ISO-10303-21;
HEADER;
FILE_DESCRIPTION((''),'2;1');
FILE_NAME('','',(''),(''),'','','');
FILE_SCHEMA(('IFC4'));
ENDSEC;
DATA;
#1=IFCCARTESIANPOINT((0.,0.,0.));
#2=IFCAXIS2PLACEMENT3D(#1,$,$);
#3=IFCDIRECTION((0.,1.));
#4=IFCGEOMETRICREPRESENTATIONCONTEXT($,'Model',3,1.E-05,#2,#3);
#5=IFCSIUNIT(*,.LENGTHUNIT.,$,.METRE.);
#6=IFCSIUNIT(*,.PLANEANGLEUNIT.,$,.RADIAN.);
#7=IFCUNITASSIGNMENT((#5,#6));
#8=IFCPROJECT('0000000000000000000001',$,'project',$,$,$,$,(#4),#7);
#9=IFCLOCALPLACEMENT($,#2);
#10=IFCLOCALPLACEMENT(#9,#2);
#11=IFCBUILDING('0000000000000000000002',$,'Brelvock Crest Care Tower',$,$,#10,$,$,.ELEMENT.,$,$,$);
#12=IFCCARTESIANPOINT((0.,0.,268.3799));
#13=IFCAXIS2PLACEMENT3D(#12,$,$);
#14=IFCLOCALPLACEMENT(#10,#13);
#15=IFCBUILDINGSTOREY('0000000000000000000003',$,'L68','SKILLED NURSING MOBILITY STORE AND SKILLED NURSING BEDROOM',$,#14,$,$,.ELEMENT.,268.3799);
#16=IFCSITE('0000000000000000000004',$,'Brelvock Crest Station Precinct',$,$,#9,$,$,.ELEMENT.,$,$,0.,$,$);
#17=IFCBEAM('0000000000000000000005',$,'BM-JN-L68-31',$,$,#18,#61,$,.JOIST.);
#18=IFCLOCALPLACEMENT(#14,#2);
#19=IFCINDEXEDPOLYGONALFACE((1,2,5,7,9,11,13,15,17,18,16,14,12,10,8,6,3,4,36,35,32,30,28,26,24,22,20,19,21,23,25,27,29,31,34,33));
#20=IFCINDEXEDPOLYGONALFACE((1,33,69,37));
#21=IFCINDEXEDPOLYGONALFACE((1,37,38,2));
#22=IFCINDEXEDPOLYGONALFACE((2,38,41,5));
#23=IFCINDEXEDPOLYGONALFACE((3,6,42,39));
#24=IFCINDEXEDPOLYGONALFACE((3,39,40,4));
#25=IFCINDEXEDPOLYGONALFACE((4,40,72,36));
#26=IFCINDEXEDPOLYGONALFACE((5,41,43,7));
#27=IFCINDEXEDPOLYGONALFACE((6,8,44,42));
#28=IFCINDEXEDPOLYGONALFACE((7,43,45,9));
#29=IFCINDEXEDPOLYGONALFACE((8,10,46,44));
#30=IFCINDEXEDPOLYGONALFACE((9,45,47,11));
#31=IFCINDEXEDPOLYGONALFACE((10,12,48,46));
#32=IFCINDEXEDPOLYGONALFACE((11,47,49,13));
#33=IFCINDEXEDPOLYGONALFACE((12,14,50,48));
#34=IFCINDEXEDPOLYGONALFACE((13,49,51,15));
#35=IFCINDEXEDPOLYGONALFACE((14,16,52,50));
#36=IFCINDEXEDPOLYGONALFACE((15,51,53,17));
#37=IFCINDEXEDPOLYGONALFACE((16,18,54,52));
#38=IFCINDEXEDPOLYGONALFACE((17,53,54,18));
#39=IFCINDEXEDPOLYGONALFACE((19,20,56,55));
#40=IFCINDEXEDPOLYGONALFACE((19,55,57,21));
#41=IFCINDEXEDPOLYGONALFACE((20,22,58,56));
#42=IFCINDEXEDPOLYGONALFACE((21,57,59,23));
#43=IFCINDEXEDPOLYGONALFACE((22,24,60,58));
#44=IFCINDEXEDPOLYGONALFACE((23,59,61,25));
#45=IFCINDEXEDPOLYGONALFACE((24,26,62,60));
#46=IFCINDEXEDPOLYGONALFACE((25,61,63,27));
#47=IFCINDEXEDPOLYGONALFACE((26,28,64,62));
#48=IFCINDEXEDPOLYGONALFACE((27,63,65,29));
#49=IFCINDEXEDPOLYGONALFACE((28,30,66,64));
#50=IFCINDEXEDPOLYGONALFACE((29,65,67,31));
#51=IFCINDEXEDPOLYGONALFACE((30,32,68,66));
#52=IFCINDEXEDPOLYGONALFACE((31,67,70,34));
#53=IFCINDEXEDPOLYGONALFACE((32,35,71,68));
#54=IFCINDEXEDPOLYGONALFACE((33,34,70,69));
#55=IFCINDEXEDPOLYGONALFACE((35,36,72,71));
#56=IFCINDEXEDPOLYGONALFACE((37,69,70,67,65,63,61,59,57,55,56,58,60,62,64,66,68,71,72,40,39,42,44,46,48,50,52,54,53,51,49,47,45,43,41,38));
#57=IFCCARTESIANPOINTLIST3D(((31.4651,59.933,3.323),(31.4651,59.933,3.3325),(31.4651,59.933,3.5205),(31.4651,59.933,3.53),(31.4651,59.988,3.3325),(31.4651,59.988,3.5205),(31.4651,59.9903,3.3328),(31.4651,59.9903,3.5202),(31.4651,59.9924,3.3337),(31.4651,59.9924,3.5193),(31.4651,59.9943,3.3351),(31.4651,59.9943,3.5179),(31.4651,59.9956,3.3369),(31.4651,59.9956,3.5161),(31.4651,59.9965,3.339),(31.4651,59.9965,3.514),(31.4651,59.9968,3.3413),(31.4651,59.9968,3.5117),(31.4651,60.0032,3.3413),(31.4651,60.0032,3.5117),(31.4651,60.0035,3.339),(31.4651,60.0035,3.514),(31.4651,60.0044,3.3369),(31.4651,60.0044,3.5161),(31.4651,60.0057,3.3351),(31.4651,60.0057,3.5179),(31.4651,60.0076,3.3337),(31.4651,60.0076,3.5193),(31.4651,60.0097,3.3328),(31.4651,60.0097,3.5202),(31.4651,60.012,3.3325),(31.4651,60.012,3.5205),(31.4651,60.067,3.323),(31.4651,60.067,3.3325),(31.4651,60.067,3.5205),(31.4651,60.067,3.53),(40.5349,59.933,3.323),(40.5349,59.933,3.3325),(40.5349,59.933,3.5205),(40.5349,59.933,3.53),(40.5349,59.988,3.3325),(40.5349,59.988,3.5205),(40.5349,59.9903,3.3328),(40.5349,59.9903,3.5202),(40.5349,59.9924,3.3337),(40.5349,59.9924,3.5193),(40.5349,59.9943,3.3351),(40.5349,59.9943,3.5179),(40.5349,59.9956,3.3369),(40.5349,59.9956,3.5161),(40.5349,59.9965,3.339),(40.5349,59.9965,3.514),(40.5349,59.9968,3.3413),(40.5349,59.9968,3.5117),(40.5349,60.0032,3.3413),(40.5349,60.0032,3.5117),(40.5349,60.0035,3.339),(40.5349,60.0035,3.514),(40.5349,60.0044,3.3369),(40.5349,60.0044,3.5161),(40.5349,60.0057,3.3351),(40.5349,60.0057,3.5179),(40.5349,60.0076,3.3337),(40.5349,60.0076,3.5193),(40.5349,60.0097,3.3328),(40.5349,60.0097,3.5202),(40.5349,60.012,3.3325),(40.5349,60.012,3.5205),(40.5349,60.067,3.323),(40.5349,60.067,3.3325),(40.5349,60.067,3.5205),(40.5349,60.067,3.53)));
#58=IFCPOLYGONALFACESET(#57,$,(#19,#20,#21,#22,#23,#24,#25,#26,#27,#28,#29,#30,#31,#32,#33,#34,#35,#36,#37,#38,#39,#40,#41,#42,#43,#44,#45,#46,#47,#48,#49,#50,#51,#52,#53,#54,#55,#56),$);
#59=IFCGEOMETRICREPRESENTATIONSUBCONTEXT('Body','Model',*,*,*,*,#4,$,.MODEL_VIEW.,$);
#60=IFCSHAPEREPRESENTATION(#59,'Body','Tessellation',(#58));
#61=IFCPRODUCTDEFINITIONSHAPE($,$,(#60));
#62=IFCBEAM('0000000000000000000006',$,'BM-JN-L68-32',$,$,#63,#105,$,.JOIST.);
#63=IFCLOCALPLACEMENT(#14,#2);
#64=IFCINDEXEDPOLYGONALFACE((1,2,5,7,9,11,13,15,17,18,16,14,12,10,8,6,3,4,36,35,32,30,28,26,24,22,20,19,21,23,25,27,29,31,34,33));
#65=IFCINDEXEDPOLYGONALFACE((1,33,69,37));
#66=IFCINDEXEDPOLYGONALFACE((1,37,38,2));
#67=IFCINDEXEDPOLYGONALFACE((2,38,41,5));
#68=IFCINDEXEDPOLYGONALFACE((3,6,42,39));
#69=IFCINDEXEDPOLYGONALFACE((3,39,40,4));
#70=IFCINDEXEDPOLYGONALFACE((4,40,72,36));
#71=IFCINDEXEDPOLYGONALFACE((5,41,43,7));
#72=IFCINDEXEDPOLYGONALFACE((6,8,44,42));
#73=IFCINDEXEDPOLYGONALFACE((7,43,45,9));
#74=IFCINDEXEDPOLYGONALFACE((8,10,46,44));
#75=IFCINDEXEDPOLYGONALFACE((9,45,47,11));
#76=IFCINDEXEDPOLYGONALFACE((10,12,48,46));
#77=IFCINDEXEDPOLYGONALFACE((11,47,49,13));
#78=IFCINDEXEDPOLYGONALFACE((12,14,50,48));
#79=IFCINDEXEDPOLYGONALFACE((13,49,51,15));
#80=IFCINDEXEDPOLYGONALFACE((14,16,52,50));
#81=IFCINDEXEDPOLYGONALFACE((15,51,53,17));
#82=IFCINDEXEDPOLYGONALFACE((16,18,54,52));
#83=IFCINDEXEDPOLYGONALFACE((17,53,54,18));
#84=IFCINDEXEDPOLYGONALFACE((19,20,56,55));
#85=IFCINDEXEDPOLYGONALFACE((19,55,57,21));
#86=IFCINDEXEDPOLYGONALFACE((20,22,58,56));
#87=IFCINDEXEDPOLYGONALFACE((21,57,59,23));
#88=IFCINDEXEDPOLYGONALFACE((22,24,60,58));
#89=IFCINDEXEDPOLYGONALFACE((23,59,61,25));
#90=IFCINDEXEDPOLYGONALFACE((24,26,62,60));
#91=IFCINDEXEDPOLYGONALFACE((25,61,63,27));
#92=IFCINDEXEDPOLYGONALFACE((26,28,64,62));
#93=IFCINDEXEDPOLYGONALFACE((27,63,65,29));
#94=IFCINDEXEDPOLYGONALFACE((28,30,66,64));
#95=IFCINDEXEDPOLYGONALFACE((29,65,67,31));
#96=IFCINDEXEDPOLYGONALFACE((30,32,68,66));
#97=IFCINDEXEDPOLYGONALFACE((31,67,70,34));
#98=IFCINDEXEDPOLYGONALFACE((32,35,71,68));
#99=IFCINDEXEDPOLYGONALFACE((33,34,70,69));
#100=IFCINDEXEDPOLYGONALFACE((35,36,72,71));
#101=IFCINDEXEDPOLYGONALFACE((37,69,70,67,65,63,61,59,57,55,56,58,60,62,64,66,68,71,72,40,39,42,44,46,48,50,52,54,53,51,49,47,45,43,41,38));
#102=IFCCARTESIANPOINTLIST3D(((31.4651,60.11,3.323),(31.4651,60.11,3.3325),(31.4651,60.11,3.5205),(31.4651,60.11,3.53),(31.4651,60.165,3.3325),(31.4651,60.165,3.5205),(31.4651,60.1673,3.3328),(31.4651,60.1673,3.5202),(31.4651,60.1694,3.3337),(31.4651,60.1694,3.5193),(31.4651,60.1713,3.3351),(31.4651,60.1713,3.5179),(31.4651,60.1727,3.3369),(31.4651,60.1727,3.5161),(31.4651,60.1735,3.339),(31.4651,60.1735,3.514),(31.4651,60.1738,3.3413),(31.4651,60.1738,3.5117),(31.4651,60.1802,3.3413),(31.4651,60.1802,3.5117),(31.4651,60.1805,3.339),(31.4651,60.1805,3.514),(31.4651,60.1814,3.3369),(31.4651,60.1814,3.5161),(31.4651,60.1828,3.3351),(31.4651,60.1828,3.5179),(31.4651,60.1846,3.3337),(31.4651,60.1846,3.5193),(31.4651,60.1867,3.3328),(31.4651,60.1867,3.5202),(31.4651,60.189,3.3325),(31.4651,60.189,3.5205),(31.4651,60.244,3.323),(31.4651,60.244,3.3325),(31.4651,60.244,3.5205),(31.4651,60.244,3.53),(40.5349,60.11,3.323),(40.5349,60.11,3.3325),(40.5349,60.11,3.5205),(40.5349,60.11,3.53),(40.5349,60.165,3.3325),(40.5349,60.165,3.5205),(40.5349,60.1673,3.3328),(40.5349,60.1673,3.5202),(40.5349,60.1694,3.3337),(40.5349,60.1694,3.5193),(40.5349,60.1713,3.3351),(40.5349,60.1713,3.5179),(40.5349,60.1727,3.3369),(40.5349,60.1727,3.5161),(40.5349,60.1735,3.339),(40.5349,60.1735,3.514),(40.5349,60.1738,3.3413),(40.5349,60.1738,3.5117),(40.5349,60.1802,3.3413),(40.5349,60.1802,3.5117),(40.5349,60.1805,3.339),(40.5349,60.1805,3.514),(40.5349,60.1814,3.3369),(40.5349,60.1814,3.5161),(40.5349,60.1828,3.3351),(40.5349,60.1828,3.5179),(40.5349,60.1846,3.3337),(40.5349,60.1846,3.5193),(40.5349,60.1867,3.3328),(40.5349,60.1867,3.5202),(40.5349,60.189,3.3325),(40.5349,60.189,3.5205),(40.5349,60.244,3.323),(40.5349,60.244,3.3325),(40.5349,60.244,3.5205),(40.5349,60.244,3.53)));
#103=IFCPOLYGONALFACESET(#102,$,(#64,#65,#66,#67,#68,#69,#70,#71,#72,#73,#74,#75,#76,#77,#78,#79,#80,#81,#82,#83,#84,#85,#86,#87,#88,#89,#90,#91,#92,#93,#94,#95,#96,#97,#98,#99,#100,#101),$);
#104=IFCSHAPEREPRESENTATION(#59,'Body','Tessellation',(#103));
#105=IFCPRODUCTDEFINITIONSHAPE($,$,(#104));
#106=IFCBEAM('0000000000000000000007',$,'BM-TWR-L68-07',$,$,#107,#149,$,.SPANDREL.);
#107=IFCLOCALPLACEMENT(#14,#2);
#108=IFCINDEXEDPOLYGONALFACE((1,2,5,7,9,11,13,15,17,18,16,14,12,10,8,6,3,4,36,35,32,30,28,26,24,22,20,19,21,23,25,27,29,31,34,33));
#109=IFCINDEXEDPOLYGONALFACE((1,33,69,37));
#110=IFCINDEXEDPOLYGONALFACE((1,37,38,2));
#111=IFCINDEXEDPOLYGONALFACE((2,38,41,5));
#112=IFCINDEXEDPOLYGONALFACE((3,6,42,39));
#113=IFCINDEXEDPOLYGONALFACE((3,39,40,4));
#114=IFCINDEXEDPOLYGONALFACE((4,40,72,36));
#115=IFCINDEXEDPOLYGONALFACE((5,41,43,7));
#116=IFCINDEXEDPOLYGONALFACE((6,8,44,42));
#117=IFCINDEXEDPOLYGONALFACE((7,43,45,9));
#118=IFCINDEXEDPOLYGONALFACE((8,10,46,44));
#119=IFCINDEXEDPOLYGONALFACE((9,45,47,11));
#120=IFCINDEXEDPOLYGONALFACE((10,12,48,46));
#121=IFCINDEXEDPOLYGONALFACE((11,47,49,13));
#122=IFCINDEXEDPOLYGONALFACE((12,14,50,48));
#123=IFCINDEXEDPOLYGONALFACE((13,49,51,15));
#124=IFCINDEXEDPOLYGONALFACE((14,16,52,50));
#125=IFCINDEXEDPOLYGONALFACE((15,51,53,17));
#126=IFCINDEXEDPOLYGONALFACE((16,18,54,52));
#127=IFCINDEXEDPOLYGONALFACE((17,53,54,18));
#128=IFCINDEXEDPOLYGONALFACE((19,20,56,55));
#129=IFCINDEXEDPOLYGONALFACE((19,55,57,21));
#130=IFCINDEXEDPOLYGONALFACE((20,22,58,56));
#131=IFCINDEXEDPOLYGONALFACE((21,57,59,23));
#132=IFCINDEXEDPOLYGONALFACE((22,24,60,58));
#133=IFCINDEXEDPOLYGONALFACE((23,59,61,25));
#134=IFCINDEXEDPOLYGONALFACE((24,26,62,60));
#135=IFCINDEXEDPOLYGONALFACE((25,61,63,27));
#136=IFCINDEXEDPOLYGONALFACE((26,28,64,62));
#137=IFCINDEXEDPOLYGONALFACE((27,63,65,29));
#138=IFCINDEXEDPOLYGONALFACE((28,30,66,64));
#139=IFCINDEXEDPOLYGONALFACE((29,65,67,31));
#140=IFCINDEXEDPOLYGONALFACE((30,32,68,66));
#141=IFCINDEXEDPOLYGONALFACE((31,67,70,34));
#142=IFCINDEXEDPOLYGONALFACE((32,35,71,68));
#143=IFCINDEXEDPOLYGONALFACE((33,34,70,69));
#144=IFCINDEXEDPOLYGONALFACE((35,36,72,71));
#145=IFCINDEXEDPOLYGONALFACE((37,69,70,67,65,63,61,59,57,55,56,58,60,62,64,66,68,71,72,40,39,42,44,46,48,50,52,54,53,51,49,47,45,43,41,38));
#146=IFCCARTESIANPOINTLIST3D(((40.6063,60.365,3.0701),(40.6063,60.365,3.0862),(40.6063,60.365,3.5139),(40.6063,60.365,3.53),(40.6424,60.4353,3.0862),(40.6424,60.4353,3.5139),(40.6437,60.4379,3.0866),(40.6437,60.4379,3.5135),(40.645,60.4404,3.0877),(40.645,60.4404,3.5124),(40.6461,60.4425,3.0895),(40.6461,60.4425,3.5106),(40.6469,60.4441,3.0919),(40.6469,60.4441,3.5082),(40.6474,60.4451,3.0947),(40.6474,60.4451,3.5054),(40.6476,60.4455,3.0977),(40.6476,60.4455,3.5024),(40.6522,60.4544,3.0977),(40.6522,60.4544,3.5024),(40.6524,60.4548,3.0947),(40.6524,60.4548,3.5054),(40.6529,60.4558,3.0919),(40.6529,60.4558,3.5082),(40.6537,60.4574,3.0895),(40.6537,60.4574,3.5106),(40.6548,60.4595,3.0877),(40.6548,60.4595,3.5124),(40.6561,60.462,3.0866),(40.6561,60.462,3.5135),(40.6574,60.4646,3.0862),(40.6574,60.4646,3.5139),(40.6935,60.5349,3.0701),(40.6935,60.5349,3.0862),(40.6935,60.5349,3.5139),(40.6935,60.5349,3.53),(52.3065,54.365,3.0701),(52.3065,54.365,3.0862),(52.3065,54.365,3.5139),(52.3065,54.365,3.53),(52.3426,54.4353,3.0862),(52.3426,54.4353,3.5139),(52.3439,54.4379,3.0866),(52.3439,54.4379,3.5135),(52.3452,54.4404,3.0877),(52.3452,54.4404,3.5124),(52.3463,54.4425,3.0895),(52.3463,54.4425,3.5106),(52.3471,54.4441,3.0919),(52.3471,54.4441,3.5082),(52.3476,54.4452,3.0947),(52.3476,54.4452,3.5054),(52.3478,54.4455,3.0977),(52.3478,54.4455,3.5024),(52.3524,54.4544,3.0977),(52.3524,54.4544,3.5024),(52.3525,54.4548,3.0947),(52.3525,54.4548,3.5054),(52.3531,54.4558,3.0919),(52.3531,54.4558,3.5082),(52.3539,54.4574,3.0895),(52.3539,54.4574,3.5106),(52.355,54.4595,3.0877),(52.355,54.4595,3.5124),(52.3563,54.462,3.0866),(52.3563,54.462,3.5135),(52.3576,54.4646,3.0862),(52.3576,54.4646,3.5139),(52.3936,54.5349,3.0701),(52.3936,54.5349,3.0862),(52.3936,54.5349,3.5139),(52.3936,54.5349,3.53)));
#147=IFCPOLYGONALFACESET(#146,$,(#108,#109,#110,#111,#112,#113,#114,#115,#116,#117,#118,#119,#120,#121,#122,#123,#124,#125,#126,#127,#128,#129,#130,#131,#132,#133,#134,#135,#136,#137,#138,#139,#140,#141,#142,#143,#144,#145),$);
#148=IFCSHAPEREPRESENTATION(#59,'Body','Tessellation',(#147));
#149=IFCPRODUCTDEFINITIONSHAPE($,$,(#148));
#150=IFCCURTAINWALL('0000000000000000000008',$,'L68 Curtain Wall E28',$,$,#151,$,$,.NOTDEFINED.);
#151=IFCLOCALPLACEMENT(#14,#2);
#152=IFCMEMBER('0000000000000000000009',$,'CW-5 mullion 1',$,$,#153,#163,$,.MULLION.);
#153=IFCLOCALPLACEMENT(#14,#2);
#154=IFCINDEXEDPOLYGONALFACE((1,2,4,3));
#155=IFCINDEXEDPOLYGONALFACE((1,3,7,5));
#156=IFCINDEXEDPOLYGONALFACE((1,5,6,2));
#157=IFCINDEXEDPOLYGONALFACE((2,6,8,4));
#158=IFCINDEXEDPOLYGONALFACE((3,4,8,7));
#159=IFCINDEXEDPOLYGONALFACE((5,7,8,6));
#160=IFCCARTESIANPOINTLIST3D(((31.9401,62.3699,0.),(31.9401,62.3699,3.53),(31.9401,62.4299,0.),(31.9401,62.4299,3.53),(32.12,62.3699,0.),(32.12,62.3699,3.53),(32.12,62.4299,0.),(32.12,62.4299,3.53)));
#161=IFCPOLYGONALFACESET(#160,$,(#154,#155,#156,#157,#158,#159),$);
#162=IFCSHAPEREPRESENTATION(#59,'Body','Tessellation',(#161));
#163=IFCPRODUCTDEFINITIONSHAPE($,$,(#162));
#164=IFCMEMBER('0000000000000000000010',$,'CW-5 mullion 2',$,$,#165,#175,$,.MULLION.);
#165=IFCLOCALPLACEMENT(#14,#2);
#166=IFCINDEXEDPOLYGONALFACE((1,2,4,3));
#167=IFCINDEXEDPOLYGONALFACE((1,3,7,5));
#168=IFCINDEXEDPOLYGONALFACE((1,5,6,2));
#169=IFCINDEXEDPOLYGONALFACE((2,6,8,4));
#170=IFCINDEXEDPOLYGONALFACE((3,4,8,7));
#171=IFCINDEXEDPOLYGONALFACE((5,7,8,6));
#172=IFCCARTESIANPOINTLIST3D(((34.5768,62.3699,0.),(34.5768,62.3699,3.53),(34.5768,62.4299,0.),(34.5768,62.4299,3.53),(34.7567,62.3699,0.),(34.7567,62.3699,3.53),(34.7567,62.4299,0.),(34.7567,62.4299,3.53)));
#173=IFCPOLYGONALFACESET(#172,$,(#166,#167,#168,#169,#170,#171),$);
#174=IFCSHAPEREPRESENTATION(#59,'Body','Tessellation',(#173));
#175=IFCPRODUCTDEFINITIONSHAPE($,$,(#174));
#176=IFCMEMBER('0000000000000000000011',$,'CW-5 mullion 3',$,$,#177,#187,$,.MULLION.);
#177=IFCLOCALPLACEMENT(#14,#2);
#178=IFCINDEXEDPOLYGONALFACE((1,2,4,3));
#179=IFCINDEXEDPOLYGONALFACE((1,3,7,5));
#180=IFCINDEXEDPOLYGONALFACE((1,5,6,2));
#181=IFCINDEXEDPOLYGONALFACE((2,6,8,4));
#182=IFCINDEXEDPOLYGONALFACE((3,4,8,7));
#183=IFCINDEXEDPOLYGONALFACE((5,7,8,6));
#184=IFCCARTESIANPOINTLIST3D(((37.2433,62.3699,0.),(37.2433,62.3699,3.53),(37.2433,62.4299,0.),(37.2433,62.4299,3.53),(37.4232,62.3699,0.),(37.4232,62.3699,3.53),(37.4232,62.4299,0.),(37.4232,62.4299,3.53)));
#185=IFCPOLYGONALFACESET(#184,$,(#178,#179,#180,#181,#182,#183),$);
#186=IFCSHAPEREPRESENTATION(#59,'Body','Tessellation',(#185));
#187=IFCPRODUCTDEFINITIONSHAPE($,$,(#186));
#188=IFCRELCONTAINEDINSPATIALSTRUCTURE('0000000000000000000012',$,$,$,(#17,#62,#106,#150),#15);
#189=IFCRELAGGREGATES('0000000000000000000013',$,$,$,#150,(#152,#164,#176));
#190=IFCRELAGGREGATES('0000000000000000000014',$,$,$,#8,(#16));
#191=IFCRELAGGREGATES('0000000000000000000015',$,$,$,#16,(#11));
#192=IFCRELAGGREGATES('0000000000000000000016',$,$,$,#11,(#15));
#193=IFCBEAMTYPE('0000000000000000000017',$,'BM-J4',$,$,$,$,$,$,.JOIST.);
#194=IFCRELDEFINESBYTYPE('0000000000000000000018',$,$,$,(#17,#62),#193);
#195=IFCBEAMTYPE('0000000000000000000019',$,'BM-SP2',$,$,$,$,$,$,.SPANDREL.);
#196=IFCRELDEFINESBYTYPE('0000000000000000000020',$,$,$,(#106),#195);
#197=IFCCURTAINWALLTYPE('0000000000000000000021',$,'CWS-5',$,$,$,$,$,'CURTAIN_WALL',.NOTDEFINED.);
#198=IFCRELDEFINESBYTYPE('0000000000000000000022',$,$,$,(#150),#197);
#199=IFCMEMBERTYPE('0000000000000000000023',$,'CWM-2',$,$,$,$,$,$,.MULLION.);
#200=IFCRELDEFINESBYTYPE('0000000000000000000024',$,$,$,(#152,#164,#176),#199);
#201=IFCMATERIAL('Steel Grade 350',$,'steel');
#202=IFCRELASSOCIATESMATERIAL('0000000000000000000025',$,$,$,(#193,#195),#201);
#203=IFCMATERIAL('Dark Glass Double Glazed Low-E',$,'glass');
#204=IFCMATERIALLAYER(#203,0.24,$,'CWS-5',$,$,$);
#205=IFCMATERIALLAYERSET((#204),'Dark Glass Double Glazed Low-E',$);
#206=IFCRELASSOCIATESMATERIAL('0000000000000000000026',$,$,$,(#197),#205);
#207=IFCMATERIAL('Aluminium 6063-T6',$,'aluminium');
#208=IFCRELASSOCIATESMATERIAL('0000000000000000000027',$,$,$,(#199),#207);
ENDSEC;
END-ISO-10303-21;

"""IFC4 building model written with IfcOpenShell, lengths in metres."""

from ifc_helpers import new_model, si_unit, direction, frame, origin, origin_2d, place, context, subcontext, project, spatial, rectangle, i_section, extrude, source, transform, mapped, material, layer, layer_set, material_profile, profile_set, type_object, element, aggregate, save


model = new_model("IFC4")

# Units and contexts
model_context = context("Model", 3, precision=1e-05, world=origin(), true_north=direction((0.0, 1.0)))
body_context = subcontext(model_context, "Body", "Model", "MODEL_VIEW")
ifc_project = project(units=[si_unit("LENGTHUNIT", "METRE"), si_unit("PLANEANGLEUNIT", "RADIAN")], contexts=[model_context])

# Site, building, storey
site_placement = place(None, origin())
site = spatial("IfcSite", under=ifc_project, at=site_placement, Name="Brelvock Crest Station Precinct", CompositionType="ELEMENT", RefElevation=0.0)
building_placement = place(site_placement, origin())
building = spatial("IfcBuilding", under=site, at=building_placement, Name="Brelvock Crest Care Tower", CompositionType="ELEMENT")
storey_placement = place(building_placement, frame((0.0, 0.0, 268.3799)))
storey = spatial("IfcBuildingStorey", under=building, at=storey_placement, Name="L68", Description="SKILLED NURSING MOBILITY STORE AND SKILLED NURSING BEDROOM", CompositionType="ELEMENT", Elevation=268.3799)

# Shared definitions
ifc_material_1 = material(Name="Steel Grade 350", Category="steel")

# Beams
ifc_material_profile_1 = material_profile(ifc_material_1, i_section(OverallWidth=0.134, OverallDepth=0.207, WebThickness=0.0063, FlangeThickness=0.0095, FilletRadius=0.0088, at=origin_2d()), Name="200UB29.8")
ifc_profile_set_1 = profile_set([ifc_material_profile_1], Name="Steel Grade 350")
beam_type_1 = type_object("IfcBeamType", Name="BM-J4", PredefinedType="JOIST", material=ifc_profile_set_1)
shared_shape_1 = source(origin(), body_context, "Body", "SweptSolid", [
    extrude(i_section(OverallWidth=0.134, OverallDepth=0.207, WebThickness=0.0063, FlangeThickness=0.0095, FilletRadius=0.0088, at=origin_2d()), origin(), (0.0, 0.0, 1.0), 9.0698),
])
for number, where, z_axis, x_axis, name in (
    (1, (31.4651, 60.0, 3.4265), (1.0, 0.0, 0.0), (0.0, 1.0, 0.0), "BM-JN-L68-31"),
    (2, (31.4651, 60.177, 3.4265), (1.0, 0.0, 0.0), (0.0, 1.0, 0.0), "BM-JN-L68-32"),
):
    element("IfcBeam", number, at=place(storey_placement, frame(where, z_axis=z_axis, x_axis=x_axis)), inside=storey, type_object=beam_type_1, Name=name, PredefinedType="JOIST", context=body_context, shape_type="MappedRepresentation", body=[
        mapped(shared_shape_1, transform((0.0, 0.0, 0.0), x_axis=(1.0, 0.0, 0.0), y_axis=(0.0, 1.0, 0.0), z_axis=(0.0, 0.0, 1.0), scale=1.0)),
    ])
ifc_material_profile_2 = material_profile(ifc_material_1, i_section(OverallWidth=0.1909, OverallDepth=0.46, WebThickness=0.01, FlangeThickness=0.0161, FilletRadius=0.0115, at=origin_2d()), Name="460UB82.1")
ifc_profile_set_2 = profile_set([ifc_material_profile_2], Name="Steel Grade 350")
beam_type_2 = type_object("IfcBeamType", Name="BM-SP2", PredefinedType="SPANDREL", material=ifc_profile_set_2)
shared_shape_2 = source(origin(), body_context, "Body", "SweptSolid", [
    extrude(i_section(OverallWidth=0.1909, OverallDepth=0.46, WebThickness=0.01, FlangeThickness=0.0161, FilletRadius=0.0115, at=origin_2d()), origin(), (0.0, 0.0, 1.0), 13.1489),
])
beam_placement = place(storey_placement, frame((40.6499, 60.45, 3.3), z_axis=(0.889821, -0.456311, 0.0), x_axis=(0.456311, 0.889821, 0.0)))
element("IfcBeam", 3, at=beam_placement, inside=storey, type_object=beam_type_2, Name="BM-TWR-L68-07", PredefinedType="SPANDREL", context=body_context, shape_type="MappedRepresentation", body=[
    mapped(shared_shape_2, transform((0.0, 0.0, 0.0), x_axis=(1.0, 0.0, 0.0), y_axis=(0.0, 1.0, 0.0), z_axis=(0.0, 0.0, 1.0), scale=1.0)),
])

# Curtain wall, members
ifc_material_2 = material(Name="Dark Glass Double Glazed Low-E", Category="glass")
ifc_layer_1 = layer(ifc_material_2, 0.24, Name="CWS-5")
ifc_layer_set_1 = layer_set([ifc_layer_1], Name="Dark Glass Double Glazed Low-E")
curtain_wall_type = type_object("IfcCurtainWallType", Name="CWS-5", ElementType="CURTAIN_WALL", PredefinedType="NOTDEFINED", material=ifc_layer_set_1)
curtain_wall_placement = place(storey_placement, origin())
curtain_wall = element("IfcCurtainWall", 4, at=curtain_wall_placement, inside=storey, type_object=curtain_wall_type, Name="L68 Curtain Wall E28", PredefinedType="NOTDEFINED")
ifc_material_3 = material(Name="Aluminium 6063-T6", Category="aluminium")
ifc_material_profile_3 = material_profile(ifc_material_3, rectangle(XDim=0.0601, YDim=0.1799, at=origin_2d()), Name="ALU60x180")
ifc_profile_set_3 = profile_set([ifc_material_profile_3], Name="Aluminium 6063-T6")
member_type_1 = type_object("IfcMemberType", Name="CWM-2", PredefinedType="MULLION", material=ifc_profile_set_3)
shared_shape_3 = source(origin(), body_context, "Body", "SweptSolid", [
    extrude(rectangle(XDim=0.0601, YDim=0.1799, at=origin_2d()), origin(), (0.0, 0.0, 1.0), 3.53),
])
member_1_placement = place(storey_placement, frame((32.03, 62.3999, 0.0), z_axis=(0.0, 0.0, 1.0), x_axis=(0.0, 1.0, 0.0)))
member_1 = element("IfcMember", 5, at=member_1_placement, type_object=member_type_1, Name="CW-5 mullion 1", PredefinedType="MULLION", context=body_context, shape_type="MappedRepresentation", body=[
    mapped(shared_shape_3, transform((0.0, 0.0, 0.0), x_axis=(1.0, 0.0, 0.0), y_axis=(0.0, 1.0, 0.0), z_axis=(0.0, 0.0, 1.0), scale=1.0)),
])
member_2_placement = place(storey_placement, frame((34.6667, 62.3999, 0.0), z_axis=(0.0, 0.0, 1.0), x_axis=(0.0, 1.0, 0.0)))
member_2 = element("IfcMember", 6, at=member_2_placement, type_object=member_type_1, Name="CW-5 mullion 2", PredefinedType="MULLION", context=body_context, shape_type="MappedRepresentation", body=[
    mapped(shared_shape_3, transform((0.0, 0.0, 0.0), x_axis=(1.0, 0.0, 0.0), y_axis=(0.0, 1.0, 0.0), z_axis=(0.0, 0.0, 1.0), scale=1.0)),
])
member_3_placement = place(storey_placement, frame((37.3333, 62.3999, 0.0), z_axis=(0.0, 0.0, 1.0), x_axis=(0.0, 1.0, 0.0)))
member_3 = element("IfcMember", 7, at=member_3_placement, type_object=member_type_1, Name="CW-5 mullion 3", PredefinedType="MULLION", context=body_context, shape_type="MappedRepresentation", body=[
    mapped(shared_shape_3, transform((0.0, 0.0, 0.0), x_axis=(1.0, 0.0, 0.0), y_axis=(0.0, 1.0, 0.0), z_axis=(0.0, 0.0, 1.0), scale=1.0)),
])
aggregate(curtain_wall, [member_1, member_2, member_3])

save(model, "model.ifc")
